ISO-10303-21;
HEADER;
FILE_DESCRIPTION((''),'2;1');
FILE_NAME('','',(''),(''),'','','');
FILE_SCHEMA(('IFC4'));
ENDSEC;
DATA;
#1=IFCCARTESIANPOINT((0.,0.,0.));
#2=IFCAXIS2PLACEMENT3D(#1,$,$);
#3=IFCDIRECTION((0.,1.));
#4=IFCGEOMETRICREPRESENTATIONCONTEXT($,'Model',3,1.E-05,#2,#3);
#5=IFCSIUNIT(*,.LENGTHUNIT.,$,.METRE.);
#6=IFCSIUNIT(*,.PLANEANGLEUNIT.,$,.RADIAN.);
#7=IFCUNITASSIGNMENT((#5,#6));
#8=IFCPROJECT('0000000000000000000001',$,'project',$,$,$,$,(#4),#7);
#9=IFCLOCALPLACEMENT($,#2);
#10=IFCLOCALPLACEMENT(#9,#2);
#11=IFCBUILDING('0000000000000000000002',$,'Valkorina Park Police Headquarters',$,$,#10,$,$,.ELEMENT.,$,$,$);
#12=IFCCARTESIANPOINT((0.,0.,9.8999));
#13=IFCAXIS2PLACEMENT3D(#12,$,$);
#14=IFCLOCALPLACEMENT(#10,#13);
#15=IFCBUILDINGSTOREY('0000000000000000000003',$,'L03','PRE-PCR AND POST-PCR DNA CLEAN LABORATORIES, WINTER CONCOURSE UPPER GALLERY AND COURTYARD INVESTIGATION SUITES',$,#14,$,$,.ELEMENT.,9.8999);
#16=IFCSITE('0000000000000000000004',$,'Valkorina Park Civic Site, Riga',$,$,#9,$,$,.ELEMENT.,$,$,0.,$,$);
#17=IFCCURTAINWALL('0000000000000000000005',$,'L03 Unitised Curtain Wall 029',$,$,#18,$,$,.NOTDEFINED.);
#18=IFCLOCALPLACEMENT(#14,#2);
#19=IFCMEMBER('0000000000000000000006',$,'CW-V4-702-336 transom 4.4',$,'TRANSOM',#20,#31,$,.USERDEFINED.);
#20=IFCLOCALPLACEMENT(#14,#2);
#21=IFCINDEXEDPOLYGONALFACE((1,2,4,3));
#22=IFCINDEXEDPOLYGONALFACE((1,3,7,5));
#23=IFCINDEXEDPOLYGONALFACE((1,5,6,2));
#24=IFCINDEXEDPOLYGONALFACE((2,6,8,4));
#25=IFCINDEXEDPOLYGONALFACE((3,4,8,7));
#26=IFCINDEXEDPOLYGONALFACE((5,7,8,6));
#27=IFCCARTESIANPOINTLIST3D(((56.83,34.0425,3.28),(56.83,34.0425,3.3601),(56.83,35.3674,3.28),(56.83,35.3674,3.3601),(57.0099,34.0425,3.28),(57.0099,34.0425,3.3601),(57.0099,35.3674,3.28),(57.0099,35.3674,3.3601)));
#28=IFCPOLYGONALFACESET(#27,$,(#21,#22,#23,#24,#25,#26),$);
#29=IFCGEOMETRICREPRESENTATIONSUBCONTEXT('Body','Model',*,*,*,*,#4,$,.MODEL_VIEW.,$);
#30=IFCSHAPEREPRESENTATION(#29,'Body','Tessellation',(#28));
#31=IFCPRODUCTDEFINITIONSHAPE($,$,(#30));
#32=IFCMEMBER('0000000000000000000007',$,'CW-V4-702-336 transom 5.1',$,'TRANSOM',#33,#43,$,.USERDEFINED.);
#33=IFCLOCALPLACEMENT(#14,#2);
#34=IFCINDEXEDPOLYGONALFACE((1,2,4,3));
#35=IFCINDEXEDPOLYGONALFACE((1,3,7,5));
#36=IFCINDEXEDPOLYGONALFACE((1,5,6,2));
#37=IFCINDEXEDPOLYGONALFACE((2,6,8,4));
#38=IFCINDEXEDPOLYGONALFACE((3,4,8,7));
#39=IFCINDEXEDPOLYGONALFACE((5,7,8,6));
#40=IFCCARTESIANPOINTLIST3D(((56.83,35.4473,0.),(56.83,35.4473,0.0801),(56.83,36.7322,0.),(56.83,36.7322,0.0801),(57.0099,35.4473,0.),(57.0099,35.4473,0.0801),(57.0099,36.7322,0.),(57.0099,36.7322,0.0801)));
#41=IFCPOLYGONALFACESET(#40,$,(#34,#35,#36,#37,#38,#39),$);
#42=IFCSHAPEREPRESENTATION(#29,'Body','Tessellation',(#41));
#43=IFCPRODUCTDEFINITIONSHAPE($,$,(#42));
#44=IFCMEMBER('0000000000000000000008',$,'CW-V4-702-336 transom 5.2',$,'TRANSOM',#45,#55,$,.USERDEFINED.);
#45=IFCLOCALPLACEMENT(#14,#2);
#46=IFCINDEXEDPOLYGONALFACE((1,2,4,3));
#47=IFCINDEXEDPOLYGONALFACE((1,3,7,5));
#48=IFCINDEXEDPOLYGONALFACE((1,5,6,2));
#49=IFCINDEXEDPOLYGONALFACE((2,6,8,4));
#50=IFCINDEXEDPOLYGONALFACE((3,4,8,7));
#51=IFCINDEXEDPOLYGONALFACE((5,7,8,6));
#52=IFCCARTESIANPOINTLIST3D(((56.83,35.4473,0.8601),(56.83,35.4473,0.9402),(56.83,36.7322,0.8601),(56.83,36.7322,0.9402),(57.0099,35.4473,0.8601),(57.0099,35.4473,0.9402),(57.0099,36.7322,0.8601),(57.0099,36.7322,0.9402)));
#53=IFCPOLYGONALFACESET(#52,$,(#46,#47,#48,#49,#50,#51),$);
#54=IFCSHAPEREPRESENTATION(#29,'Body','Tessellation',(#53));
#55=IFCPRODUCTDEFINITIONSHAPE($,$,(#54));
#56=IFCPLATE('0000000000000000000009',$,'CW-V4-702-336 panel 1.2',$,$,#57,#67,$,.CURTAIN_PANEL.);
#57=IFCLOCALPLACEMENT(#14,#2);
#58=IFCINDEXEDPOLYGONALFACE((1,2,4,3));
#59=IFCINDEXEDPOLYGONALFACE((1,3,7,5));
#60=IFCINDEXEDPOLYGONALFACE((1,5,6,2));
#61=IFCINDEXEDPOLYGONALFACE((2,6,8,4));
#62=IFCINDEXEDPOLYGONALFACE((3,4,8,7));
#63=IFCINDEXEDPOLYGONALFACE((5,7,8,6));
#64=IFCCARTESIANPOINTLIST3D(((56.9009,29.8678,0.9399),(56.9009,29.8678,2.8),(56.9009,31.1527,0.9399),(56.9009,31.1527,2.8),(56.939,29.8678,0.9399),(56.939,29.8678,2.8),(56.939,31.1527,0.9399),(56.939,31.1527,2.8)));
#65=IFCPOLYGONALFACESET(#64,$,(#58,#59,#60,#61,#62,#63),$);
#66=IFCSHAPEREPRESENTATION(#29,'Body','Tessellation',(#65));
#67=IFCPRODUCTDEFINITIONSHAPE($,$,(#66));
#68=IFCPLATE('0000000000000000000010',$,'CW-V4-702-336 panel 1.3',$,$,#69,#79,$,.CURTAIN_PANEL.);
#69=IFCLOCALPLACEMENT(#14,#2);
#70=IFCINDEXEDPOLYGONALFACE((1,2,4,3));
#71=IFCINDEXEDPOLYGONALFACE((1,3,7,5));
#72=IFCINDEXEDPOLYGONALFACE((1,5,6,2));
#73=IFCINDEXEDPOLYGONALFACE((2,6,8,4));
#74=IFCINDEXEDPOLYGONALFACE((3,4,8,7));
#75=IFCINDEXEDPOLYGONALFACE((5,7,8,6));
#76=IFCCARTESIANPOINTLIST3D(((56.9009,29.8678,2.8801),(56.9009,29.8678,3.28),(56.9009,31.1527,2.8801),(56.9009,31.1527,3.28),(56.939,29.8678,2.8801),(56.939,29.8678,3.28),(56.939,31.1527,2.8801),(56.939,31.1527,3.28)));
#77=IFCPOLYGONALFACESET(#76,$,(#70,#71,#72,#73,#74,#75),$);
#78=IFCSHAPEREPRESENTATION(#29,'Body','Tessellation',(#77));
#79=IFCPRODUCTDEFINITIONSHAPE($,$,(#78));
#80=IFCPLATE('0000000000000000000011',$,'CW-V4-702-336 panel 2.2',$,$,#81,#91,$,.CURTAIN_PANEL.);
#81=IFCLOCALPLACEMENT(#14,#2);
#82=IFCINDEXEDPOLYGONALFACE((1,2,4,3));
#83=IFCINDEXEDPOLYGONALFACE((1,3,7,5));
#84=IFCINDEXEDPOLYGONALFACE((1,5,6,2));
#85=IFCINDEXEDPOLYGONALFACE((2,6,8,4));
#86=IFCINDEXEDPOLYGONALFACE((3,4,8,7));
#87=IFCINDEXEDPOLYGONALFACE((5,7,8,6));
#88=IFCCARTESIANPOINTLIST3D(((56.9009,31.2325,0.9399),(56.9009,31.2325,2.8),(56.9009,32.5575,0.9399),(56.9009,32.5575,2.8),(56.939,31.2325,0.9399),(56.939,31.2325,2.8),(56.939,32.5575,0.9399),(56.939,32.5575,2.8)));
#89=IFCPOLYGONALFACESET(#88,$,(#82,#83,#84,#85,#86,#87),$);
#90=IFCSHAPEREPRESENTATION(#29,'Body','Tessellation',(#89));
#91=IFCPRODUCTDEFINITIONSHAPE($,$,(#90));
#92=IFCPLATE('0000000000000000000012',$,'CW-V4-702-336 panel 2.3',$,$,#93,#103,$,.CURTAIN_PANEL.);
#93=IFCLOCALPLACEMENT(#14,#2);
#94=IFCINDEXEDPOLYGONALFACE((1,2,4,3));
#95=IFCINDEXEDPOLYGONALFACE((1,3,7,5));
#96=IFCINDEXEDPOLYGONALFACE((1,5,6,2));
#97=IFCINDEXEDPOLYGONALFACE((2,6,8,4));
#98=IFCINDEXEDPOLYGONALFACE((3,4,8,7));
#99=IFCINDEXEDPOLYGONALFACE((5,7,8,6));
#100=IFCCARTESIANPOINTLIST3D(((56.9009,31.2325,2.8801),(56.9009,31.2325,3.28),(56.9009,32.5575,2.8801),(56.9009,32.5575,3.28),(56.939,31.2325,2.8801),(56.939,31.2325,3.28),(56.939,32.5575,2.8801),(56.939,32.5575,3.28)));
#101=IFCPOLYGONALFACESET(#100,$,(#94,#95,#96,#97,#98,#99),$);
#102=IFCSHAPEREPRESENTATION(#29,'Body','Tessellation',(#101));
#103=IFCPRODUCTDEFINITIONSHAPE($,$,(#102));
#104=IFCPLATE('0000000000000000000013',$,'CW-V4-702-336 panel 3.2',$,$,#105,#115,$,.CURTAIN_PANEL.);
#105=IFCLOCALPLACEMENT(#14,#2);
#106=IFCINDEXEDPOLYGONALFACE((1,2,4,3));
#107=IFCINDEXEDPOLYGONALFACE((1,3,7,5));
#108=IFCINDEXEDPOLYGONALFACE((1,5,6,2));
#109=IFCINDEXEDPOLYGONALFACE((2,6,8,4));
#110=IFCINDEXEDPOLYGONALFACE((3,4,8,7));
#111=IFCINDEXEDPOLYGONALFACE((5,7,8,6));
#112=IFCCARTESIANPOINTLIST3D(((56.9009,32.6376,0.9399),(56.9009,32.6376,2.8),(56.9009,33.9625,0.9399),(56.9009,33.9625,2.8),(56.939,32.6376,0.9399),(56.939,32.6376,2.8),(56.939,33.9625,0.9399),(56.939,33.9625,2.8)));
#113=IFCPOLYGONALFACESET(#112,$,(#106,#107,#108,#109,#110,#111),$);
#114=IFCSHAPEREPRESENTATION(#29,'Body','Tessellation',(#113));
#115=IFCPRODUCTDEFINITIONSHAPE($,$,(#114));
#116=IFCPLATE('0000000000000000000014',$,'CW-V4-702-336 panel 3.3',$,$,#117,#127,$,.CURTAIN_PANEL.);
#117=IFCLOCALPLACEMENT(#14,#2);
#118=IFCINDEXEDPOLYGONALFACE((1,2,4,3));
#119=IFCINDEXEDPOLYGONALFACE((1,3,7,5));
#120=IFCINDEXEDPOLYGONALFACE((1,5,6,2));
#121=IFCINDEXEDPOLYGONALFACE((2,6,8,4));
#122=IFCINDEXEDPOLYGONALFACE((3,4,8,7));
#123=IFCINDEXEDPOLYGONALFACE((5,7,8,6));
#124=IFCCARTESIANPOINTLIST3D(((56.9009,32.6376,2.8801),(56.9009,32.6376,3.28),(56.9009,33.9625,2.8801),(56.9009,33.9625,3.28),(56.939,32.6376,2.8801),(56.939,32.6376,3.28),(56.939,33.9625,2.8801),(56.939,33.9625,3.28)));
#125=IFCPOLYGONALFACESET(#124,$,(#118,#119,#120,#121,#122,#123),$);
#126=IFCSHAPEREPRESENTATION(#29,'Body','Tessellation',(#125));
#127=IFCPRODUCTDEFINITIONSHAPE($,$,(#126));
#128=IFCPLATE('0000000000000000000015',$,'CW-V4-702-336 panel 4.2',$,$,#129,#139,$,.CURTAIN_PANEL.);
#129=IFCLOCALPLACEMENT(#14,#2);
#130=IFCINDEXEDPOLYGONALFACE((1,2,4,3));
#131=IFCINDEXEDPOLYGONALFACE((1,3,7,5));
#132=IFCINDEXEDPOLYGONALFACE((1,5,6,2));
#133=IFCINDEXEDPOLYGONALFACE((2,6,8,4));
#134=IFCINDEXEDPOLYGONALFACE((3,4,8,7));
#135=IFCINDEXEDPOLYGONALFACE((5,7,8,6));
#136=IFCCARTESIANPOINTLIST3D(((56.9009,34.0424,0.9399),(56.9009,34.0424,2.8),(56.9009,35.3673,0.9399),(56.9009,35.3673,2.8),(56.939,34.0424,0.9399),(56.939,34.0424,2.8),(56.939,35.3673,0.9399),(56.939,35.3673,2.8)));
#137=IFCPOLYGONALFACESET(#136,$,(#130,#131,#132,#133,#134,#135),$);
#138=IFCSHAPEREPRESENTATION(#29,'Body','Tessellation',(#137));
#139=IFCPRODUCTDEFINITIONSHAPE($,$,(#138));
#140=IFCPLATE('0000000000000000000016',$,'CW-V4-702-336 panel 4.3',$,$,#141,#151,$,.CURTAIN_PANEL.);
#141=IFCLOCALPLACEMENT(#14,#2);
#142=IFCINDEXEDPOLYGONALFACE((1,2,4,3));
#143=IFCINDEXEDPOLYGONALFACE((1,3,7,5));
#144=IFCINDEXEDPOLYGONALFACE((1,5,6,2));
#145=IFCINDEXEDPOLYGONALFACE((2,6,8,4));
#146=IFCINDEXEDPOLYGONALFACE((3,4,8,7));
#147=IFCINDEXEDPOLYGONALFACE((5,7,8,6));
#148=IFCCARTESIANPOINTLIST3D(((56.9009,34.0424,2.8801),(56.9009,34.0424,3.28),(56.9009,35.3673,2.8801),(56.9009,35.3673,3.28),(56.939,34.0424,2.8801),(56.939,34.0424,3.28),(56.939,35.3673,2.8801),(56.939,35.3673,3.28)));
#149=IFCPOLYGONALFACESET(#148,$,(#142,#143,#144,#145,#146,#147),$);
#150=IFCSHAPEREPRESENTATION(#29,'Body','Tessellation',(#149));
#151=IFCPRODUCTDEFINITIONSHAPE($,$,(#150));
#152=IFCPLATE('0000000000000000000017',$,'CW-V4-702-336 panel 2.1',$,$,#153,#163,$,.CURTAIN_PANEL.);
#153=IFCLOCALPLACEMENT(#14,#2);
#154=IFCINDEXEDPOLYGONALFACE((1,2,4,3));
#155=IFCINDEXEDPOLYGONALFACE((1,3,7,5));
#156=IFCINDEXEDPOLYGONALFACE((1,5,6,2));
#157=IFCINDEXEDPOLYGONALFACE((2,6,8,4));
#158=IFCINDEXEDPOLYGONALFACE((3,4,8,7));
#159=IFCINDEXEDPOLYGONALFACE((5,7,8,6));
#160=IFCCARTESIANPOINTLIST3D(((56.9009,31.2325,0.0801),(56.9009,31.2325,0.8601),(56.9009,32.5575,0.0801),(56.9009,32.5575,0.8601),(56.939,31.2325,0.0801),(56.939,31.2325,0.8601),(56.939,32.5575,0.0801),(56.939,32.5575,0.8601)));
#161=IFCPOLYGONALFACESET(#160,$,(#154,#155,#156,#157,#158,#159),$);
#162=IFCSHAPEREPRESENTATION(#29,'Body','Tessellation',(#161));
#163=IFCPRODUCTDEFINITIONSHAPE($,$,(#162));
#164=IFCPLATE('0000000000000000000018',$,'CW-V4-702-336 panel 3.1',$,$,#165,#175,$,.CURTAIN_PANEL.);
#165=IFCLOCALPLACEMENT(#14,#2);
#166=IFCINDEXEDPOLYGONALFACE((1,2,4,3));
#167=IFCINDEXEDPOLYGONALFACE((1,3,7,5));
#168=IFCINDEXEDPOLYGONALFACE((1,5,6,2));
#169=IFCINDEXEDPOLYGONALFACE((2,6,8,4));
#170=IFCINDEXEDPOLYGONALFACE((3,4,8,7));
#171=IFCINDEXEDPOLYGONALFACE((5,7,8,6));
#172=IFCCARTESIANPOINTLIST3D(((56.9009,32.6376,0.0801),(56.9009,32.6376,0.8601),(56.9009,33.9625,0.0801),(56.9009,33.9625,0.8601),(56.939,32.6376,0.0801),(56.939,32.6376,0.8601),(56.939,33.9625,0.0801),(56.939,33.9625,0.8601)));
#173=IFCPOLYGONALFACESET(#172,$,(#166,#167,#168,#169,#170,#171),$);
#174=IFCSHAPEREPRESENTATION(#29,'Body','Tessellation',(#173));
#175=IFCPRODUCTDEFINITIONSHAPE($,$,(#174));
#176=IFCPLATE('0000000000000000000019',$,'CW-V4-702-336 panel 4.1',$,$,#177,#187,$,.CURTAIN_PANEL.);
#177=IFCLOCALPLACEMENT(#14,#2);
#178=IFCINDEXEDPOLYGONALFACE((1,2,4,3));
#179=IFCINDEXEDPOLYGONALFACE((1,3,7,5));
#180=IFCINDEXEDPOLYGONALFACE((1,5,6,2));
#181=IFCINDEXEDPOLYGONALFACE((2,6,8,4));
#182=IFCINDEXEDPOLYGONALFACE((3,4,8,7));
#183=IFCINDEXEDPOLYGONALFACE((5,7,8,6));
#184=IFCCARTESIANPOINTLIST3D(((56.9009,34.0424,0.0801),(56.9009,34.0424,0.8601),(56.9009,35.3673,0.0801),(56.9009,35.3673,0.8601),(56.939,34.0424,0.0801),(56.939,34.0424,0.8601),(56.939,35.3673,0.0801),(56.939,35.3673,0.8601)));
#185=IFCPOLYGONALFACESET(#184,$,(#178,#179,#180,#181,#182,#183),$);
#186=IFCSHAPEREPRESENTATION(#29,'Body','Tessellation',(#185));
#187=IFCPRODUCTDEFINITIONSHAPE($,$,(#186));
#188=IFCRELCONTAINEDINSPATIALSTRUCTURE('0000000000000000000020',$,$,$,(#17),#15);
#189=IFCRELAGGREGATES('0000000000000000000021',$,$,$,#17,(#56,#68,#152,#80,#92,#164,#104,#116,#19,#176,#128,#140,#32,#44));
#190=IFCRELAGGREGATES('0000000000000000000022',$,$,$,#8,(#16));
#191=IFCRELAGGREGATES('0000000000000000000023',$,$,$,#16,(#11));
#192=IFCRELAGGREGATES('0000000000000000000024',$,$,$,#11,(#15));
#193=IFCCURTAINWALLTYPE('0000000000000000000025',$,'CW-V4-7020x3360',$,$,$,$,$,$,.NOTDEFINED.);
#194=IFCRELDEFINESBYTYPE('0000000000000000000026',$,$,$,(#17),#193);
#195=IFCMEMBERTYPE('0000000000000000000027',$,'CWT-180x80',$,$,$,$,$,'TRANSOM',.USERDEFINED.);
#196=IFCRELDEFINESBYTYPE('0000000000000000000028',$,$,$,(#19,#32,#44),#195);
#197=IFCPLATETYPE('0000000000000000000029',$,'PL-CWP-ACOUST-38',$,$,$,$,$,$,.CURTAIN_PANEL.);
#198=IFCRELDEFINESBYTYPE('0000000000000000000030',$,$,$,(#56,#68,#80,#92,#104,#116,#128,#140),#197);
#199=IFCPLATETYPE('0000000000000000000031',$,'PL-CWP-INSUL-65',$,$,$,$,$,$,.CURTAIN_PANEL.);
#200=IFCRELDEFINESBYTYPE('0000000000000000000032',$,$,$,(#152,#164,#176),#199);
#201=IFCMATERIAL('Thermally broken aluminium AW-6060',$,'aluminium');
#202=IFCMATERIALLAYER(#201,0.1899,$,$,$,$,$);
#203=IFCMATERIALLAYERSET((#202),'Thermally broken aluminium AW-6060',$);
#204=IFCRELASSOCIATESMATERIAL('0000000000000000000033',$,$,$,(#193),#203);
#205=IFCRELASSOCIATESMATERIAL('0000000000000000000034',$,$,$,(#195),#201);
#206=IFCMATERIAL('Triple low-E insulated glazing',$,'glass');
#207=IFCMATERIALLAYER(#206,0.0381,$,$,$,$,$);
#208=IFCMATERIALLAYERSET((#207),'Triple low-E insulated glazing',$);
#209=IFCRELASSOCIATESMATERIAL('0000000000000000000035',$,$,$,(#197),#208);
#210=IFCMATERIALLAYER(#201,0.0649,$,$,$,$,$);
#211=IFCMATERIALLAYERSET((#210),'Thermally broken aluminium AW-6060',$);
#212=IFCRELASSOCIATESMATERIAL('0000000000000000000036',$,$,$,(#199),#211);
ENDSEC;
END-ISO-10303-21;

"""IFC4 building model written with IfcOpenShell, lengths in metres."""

from ifc_helpers import new_model, si_unit, direction, frame, origin, origin_2d, place, context, subcontext, project, spatial, rectangle, extrude, material, layer, layer_set, material_profile, profile_set, type_object, element, aggregate, save


model = new_model("IFC4")

# Units and contexts
model_context = context("Model", 3, precision=1e-05, world=origin(), true_north=direction((0.0, 1.0)))
body_context = subcontext(model_context, "Body", "Model", "MODEL_VIEW")
ifc_project = project(units=[si_unit("LENGTHUNIT", "METRE"), si_unit("PLANEANGLEUNIT", "RADIAN")], contexts=[model_context])

# Site, building, storey
site_placement = place(None, origin())
site = spatial("IfcSite", under=ifc_project, at=site_placement, Name="Valkorina Park Civic Site, Riga", CompositionType="ELEMENT", RefElevation=0.0)
building_placement = place(site_placement, origin())
building = spatial("IfcBuilding", under=site, at=building_placement, Name="Valkorina Park Police Headquarters", CompositionType="ELEMENT")
storey_placement = place(building_placement, frame((0.0, 0.0, 9.8999)))
storey = spatial("IfcBuildingStorey", under=building, at=storey_placement, Name="L03", Description="PRE-PCR AND POST-PCR DNA CLEAN LABORATORIES, WINTER CONCOURSE UPPER GALLERY AND COURTYARD INVESTIGATION SUITES", CompositionType="ELEMENT", Elevation=9.8999)

# Curtain wall, members, plates
ifc_material_1 = material(Name="Thermally broken aluminium AW-6060", Category="aluminium")
ifc_layer_1 = layer(ifc_material_1, 0.1899)
ifc_layer_set_1 = layer_set([ifc_layer_1], Name="Thermally broken aluminium AW-6060")
curtain_wall_type = type_object("IfcCurtainWallType", Name="CW-V4-7020x3360", PredefinedType="NOTDEFINED", material=ifc_layer_set_1)
curtain_wall_placement = place(storey_placement, origin())
curtain_wall = element("IfcCurtainWall", 1, at=curtain_wall_placement, inside=storey, type_object=curtain_wall_type, Name="L03 Unitised Curtain Wall 029", PredefinedType="NOTDEFINED")
ifc_material_profile_1 = material_profile(ifc_material_1, rectangle(XDim=0.1799, YDim=0.0801, at=origin_2d()), Name="CWT-03 180x80")
ifc_profile_set_1 = profile_set([ifc_material_profile_1], Name="Thermally broken aluminium AW-6060")
member_type_1 = type_object("IfcMemberType", Name="CWT-180x80", ElementType="TRANSOM", PredefinedType="USERDEFINED", material=ifc_profile_set_1)
member_1_placement = place(storey_placement, frame((56.9199, 34.0425, 3.3201), z_axis=(0.0, 1.0, 0.0), x_axis=(-1.0, 0.0, 0.0)))
member_1 = element("IfcMember", 2, at=member_1_placement, type_object=member_type_1, Name="CW-V4-702-336 transom 4.4", ObjectType="TRANSOM", PredefinedType="USERDEFINED", context=body_context, shape_type="SweptSolid", body=[
    extrude(rectangle(XDim=0.1799, YDim=0.0801, at=origin_2d()), origin(), (0.0, 0.0, 1.0), 1.325),
])
member_2_placement = place(storey_placement, frame((56.9199, 35.4473, 0.04), z_axis=(0.0, 1.0, 0.0), x_axis=(-1.0, 0.0, 0.0)))
member_2 = element("IfcMember", 3, at=member_2_placement, type_object=member_type_1, Name="CW-V4-702-336 transom 5.1", ObjectType="TRANSOM", PredefinedType="USERDEFINED", context=body_context, shape_type="SweptSolid", body=[
    extrude(rectangle(XDim=0.1799, YDim=0.0801, at=origin_2d()), origin(), (0.0, 0.0, 1.0), 1.2849),
])
member_3_placement = place(storey_placement, frame((56.9199, 35.4473, 0.9001), z_axis=(0.0, 1.0, 0.0), x_axis=(-1.0, 0.0, 0.0)))
member_3 = element("IfcMember", 4, at=member_3_placement, type_object=member_type_1, Name="CW-V4-702-336 transom 5.2", ObjectType="TRANSOM", PredefinedType="USERDEFINED", context=body_context, shape_type="SweptSolid", body=[
    extrude(rectangle(XDim=0.1799, YDim=0.0801, at=origin_2d()), origin(), (0.0, 0.0, 1.0), 1.2849),
])
ifc_material_2 = material(Name="Triple low-E insulated glazing", Category="glass")
ifc_layer_2 = layer(ifc_material_2, 0.0381)
ifc_layer_set_2 = layer_set([ifc_layer_2], Name="Triple low-E insulated glazing")
plate_type_1 = type_object("IfcPlateType", Name="PL-CWP-ACOUST-38", PredefinedType="CURTAIN_PANEL", material=ifc_layer_set_2)
plate_1_placement = place(storey_placement, frame((56.9199, 30.5103, 0.9399), z_axis=(0.0, 0.0, 1.0), x_axis=(0.0, 1.0, 0.0)))
plate_1 = element("IfcPlate", 5, at=plate_1_placement, type_object=plate_type_1, Name="CW-V4-702-336 panel 1.2", PredefinedType="CURTAIN_PANEL", context=body_context, shape_type="SweptSolid", body=[
    extrude(rectangle(XDim=1.2849, YDim=0.0381, at=origin_2d()), origin(), (0.0, 0.0, 1.0), 1.8601),
])
plate_2_placement = place(storey_placement, frame((56.9199, 30.5103, 2.8801), z_axis=(0.0, 0.0, 1.0), x_axis=(0.0, 1.0, 0.0)))
plate_2 = element("IfcPlate", 6, at=plate_2_placement, type_object=plate_type_1, Name="CW-V4-702-336 panel 1.3", PredefinedType="CURTAIN_PANEL", context=body_context, shape_type="SweptSolid", body=[
    extrude(rectangle(XDim=1.2849, YDim=0.0381, at=origin_2d()), origin(), (0.0, 0.0, 1.0), 0.3999),
])
plate_3_placement = place(storey_placement, frame((56.9199, 31.895, 0.9399), z_axis=(0.0, 0.0, 1.0), x_axis=(0.0, 1.0, 0.0)))
plate_3 = element("IfcPlate", 7, at=plate_3_placement, type_object=plate_type_1, Name="CW-V4-702-336 panel 2.2", PredefinedType="CURTAIN_PANEL", context=body_context, shape_type="SweptSolid", body=[
    extrude(rectangle(XDim=1.325, YDim=0.0381, at=origin_2d()), origin(), (0.0, 0.0, 1.0), 1.8601),
])
plate_4_placement = place(storey_placement, frame((56.9199, 31.895, 2.8801), z_axis=(0.0, 0.0, 1.0), x_axis=(0.0, 1.0, 0.0)))
plate_4 = element("IfcPlate", 8, at=plate_4_placement, type_object=plate_type_1, Name="CW-V4-702-336 panel 2.3", PredefinedType="CURTAIN_PANEL", context=body_context, shape_type="SweptSolid", body=[
    extrude(rectangle(XDim=1.325, YDim=0.0381, at=origin_2d()), origin(), (0.0, 0.0, 1.0), 0.3999),
])
plate_5_placement = place(storey_placement, frame((56.9199, 33.3, 0.9399), z_axis=(0.0, 0.0, 1.0), x_axis=(0.0, 1.0, 0.0)))
plate_5 = element("IfcPlate", 9, at=plate_5_placement, type_object=plate_type_1, Name="CW-V4-702-336 panel 3.2", PredefinedType="CURTAIN_PANEL", context=body_context, shape_type="SweptSolid", body=[
    extrude(rectangle(XDim=1.325, YDim=0.0381, at=origin_2d()), origin(), (0.0, 0.0, 1.0), 1.8601),
])
plate_6_placement = place(storey_placement, frame((56.9199, 33.3, 2.8801), z_axis=(0.0, 0.0, 1.0), x_axis=(0.0, 1.0, 0.0)))
plate_6 = element("IfcPlate", 10, at=plate_6_placement, type_object=plate_type_1, Name="CW-V4-702-336 panel 3.3", PredefinedType="CURTAIN_PANEL", context=body_context, shape_type="SweptSolid", body=[
    extrude(rectangle(XDim=1.325, YDim=0.0381, at=origin_2d()), origin(), (0.0, 0.0, 1.0), 0.3999),
])
plate_7_placement = place(storey_placement, frame((56.9199, 34.7048, 0.9399), z_axis=(0.0, 0.0, 1.0), x_axis=(0.0, 1.0, 0.0)))
plate_7 = element("IfcPlate", 11, at=plate_7_placement, type_object=plate_type_1, Name="CW-V4-702-336 panel 4.2", PredefinedType="CURTAIN_PANEL", context=body_context, shape_type="SweptSolid", body=[
    extrude(rectangle(XDim=1.325, YDim=0.0381, at=origin_2d()), origin(), (0.0, 0.0, 1.0), 1.8601),
])
plate_8_placement = place(storey_placement, frame((56.9199, 34.7048, 2.8801), z_axis=(0.0, 0.0, 1.0), x_axis=(0.0, 1.0, 0.0)))
plate_8 = element("IfcPlate", 12, at=plate_8_placement, type_object=plate_type_1, Name="CW-V4-702-336 panel 4.3", PredefinedType="CURTAIN_PANEL", context=body_context, shape_type="SweptSolid", body=[
    extrude(rectangle(XDim=1.325, YDim=0.0381, at=origin_2d()), origin(), (0.0, 0.0, 1.0), 0.3999),
])
ifc_layer_3 = layer(ifc_material_1, 0.0649)
ifc_layer_set_3 = layer_set([ifc_layer_3], Name="Thermally broken aluminium AW-6060")
plate_type_2 = type_object("IfcPlateType", Name="PL-CWP-INSUL-65", PredefinedType="CURTAIN_PANEL", material=ifc_layer_set_3)
plate_9_placement = place(storey_placement, frame((56.9199, 31.895, 0.0801), z_axis=(0.0, 0.0, 1.0), x_axis=(0.0, 1.0, 0.0)))
plate_9 = element("IfcPlate", 13, at=plate_9_placement, type_object=plate_type_2, Name="CW-V4-702-336 panel 2.1", PredefinedType="CURTAIN_PANEL", context=body_context, shape_type="SweptSolid", body=[
    extrude(rectangle(XDim=1.325, YDim=0.0381, at=origin_2d()), origin(), (0.0, 0.0, 1.0), 0.78),
])
plate_10_placement = place(storey_placement, frame((56.9199, 33.3, 0.0801), z_axis=(0.0, 0.0, 1.0), x_axis=(0.0, 1.0, 0.0)))
plate_10 = element("IfcPlate", 14, at=plate_10_placement, type_object=plate_type_2, Name="CW-V4-702-336 panel 3.1", PredefinedType="CURTAIN_PANEL", context=body_context, shape_type="SweptSolid", body=[
    extrude(rectangle(XDim=1.325, YDim=0.0381, at=origin_2d()), origin(), (0.0, 0.0, 1.0), 0.78),
])
plate_11_placement = place(storey_placement, frame((56.9199, 34.7048, 0.0801), z_axis=(0.0, 0.0, 1.0), x_axis=(0.0, 1.0, 0.0)))
plate_11 = element("IfcPlate", 15, at=plate_11_placement, type_object=plate_type_2, Name="CW-V4-702-336 panel 4.1", PredefinedType="CURTAIN_PANEL", context=body_context, shape_type="SweptSolid", body=[
    extrude(rectangle(XDim=1.325, YDim=0.0381, at=origin_2d()), origin(), (0.0, 0.0, 1.0), 0.78),
])
aggregate(curtain_wall, [plate_1, plate_2, plate_9, plate_3, plate_4, plate_10, plate_5, plate_6, member_1, plate_11, plate_7, plate_8, member_2, member_3])

save(model, "model.ifc")
